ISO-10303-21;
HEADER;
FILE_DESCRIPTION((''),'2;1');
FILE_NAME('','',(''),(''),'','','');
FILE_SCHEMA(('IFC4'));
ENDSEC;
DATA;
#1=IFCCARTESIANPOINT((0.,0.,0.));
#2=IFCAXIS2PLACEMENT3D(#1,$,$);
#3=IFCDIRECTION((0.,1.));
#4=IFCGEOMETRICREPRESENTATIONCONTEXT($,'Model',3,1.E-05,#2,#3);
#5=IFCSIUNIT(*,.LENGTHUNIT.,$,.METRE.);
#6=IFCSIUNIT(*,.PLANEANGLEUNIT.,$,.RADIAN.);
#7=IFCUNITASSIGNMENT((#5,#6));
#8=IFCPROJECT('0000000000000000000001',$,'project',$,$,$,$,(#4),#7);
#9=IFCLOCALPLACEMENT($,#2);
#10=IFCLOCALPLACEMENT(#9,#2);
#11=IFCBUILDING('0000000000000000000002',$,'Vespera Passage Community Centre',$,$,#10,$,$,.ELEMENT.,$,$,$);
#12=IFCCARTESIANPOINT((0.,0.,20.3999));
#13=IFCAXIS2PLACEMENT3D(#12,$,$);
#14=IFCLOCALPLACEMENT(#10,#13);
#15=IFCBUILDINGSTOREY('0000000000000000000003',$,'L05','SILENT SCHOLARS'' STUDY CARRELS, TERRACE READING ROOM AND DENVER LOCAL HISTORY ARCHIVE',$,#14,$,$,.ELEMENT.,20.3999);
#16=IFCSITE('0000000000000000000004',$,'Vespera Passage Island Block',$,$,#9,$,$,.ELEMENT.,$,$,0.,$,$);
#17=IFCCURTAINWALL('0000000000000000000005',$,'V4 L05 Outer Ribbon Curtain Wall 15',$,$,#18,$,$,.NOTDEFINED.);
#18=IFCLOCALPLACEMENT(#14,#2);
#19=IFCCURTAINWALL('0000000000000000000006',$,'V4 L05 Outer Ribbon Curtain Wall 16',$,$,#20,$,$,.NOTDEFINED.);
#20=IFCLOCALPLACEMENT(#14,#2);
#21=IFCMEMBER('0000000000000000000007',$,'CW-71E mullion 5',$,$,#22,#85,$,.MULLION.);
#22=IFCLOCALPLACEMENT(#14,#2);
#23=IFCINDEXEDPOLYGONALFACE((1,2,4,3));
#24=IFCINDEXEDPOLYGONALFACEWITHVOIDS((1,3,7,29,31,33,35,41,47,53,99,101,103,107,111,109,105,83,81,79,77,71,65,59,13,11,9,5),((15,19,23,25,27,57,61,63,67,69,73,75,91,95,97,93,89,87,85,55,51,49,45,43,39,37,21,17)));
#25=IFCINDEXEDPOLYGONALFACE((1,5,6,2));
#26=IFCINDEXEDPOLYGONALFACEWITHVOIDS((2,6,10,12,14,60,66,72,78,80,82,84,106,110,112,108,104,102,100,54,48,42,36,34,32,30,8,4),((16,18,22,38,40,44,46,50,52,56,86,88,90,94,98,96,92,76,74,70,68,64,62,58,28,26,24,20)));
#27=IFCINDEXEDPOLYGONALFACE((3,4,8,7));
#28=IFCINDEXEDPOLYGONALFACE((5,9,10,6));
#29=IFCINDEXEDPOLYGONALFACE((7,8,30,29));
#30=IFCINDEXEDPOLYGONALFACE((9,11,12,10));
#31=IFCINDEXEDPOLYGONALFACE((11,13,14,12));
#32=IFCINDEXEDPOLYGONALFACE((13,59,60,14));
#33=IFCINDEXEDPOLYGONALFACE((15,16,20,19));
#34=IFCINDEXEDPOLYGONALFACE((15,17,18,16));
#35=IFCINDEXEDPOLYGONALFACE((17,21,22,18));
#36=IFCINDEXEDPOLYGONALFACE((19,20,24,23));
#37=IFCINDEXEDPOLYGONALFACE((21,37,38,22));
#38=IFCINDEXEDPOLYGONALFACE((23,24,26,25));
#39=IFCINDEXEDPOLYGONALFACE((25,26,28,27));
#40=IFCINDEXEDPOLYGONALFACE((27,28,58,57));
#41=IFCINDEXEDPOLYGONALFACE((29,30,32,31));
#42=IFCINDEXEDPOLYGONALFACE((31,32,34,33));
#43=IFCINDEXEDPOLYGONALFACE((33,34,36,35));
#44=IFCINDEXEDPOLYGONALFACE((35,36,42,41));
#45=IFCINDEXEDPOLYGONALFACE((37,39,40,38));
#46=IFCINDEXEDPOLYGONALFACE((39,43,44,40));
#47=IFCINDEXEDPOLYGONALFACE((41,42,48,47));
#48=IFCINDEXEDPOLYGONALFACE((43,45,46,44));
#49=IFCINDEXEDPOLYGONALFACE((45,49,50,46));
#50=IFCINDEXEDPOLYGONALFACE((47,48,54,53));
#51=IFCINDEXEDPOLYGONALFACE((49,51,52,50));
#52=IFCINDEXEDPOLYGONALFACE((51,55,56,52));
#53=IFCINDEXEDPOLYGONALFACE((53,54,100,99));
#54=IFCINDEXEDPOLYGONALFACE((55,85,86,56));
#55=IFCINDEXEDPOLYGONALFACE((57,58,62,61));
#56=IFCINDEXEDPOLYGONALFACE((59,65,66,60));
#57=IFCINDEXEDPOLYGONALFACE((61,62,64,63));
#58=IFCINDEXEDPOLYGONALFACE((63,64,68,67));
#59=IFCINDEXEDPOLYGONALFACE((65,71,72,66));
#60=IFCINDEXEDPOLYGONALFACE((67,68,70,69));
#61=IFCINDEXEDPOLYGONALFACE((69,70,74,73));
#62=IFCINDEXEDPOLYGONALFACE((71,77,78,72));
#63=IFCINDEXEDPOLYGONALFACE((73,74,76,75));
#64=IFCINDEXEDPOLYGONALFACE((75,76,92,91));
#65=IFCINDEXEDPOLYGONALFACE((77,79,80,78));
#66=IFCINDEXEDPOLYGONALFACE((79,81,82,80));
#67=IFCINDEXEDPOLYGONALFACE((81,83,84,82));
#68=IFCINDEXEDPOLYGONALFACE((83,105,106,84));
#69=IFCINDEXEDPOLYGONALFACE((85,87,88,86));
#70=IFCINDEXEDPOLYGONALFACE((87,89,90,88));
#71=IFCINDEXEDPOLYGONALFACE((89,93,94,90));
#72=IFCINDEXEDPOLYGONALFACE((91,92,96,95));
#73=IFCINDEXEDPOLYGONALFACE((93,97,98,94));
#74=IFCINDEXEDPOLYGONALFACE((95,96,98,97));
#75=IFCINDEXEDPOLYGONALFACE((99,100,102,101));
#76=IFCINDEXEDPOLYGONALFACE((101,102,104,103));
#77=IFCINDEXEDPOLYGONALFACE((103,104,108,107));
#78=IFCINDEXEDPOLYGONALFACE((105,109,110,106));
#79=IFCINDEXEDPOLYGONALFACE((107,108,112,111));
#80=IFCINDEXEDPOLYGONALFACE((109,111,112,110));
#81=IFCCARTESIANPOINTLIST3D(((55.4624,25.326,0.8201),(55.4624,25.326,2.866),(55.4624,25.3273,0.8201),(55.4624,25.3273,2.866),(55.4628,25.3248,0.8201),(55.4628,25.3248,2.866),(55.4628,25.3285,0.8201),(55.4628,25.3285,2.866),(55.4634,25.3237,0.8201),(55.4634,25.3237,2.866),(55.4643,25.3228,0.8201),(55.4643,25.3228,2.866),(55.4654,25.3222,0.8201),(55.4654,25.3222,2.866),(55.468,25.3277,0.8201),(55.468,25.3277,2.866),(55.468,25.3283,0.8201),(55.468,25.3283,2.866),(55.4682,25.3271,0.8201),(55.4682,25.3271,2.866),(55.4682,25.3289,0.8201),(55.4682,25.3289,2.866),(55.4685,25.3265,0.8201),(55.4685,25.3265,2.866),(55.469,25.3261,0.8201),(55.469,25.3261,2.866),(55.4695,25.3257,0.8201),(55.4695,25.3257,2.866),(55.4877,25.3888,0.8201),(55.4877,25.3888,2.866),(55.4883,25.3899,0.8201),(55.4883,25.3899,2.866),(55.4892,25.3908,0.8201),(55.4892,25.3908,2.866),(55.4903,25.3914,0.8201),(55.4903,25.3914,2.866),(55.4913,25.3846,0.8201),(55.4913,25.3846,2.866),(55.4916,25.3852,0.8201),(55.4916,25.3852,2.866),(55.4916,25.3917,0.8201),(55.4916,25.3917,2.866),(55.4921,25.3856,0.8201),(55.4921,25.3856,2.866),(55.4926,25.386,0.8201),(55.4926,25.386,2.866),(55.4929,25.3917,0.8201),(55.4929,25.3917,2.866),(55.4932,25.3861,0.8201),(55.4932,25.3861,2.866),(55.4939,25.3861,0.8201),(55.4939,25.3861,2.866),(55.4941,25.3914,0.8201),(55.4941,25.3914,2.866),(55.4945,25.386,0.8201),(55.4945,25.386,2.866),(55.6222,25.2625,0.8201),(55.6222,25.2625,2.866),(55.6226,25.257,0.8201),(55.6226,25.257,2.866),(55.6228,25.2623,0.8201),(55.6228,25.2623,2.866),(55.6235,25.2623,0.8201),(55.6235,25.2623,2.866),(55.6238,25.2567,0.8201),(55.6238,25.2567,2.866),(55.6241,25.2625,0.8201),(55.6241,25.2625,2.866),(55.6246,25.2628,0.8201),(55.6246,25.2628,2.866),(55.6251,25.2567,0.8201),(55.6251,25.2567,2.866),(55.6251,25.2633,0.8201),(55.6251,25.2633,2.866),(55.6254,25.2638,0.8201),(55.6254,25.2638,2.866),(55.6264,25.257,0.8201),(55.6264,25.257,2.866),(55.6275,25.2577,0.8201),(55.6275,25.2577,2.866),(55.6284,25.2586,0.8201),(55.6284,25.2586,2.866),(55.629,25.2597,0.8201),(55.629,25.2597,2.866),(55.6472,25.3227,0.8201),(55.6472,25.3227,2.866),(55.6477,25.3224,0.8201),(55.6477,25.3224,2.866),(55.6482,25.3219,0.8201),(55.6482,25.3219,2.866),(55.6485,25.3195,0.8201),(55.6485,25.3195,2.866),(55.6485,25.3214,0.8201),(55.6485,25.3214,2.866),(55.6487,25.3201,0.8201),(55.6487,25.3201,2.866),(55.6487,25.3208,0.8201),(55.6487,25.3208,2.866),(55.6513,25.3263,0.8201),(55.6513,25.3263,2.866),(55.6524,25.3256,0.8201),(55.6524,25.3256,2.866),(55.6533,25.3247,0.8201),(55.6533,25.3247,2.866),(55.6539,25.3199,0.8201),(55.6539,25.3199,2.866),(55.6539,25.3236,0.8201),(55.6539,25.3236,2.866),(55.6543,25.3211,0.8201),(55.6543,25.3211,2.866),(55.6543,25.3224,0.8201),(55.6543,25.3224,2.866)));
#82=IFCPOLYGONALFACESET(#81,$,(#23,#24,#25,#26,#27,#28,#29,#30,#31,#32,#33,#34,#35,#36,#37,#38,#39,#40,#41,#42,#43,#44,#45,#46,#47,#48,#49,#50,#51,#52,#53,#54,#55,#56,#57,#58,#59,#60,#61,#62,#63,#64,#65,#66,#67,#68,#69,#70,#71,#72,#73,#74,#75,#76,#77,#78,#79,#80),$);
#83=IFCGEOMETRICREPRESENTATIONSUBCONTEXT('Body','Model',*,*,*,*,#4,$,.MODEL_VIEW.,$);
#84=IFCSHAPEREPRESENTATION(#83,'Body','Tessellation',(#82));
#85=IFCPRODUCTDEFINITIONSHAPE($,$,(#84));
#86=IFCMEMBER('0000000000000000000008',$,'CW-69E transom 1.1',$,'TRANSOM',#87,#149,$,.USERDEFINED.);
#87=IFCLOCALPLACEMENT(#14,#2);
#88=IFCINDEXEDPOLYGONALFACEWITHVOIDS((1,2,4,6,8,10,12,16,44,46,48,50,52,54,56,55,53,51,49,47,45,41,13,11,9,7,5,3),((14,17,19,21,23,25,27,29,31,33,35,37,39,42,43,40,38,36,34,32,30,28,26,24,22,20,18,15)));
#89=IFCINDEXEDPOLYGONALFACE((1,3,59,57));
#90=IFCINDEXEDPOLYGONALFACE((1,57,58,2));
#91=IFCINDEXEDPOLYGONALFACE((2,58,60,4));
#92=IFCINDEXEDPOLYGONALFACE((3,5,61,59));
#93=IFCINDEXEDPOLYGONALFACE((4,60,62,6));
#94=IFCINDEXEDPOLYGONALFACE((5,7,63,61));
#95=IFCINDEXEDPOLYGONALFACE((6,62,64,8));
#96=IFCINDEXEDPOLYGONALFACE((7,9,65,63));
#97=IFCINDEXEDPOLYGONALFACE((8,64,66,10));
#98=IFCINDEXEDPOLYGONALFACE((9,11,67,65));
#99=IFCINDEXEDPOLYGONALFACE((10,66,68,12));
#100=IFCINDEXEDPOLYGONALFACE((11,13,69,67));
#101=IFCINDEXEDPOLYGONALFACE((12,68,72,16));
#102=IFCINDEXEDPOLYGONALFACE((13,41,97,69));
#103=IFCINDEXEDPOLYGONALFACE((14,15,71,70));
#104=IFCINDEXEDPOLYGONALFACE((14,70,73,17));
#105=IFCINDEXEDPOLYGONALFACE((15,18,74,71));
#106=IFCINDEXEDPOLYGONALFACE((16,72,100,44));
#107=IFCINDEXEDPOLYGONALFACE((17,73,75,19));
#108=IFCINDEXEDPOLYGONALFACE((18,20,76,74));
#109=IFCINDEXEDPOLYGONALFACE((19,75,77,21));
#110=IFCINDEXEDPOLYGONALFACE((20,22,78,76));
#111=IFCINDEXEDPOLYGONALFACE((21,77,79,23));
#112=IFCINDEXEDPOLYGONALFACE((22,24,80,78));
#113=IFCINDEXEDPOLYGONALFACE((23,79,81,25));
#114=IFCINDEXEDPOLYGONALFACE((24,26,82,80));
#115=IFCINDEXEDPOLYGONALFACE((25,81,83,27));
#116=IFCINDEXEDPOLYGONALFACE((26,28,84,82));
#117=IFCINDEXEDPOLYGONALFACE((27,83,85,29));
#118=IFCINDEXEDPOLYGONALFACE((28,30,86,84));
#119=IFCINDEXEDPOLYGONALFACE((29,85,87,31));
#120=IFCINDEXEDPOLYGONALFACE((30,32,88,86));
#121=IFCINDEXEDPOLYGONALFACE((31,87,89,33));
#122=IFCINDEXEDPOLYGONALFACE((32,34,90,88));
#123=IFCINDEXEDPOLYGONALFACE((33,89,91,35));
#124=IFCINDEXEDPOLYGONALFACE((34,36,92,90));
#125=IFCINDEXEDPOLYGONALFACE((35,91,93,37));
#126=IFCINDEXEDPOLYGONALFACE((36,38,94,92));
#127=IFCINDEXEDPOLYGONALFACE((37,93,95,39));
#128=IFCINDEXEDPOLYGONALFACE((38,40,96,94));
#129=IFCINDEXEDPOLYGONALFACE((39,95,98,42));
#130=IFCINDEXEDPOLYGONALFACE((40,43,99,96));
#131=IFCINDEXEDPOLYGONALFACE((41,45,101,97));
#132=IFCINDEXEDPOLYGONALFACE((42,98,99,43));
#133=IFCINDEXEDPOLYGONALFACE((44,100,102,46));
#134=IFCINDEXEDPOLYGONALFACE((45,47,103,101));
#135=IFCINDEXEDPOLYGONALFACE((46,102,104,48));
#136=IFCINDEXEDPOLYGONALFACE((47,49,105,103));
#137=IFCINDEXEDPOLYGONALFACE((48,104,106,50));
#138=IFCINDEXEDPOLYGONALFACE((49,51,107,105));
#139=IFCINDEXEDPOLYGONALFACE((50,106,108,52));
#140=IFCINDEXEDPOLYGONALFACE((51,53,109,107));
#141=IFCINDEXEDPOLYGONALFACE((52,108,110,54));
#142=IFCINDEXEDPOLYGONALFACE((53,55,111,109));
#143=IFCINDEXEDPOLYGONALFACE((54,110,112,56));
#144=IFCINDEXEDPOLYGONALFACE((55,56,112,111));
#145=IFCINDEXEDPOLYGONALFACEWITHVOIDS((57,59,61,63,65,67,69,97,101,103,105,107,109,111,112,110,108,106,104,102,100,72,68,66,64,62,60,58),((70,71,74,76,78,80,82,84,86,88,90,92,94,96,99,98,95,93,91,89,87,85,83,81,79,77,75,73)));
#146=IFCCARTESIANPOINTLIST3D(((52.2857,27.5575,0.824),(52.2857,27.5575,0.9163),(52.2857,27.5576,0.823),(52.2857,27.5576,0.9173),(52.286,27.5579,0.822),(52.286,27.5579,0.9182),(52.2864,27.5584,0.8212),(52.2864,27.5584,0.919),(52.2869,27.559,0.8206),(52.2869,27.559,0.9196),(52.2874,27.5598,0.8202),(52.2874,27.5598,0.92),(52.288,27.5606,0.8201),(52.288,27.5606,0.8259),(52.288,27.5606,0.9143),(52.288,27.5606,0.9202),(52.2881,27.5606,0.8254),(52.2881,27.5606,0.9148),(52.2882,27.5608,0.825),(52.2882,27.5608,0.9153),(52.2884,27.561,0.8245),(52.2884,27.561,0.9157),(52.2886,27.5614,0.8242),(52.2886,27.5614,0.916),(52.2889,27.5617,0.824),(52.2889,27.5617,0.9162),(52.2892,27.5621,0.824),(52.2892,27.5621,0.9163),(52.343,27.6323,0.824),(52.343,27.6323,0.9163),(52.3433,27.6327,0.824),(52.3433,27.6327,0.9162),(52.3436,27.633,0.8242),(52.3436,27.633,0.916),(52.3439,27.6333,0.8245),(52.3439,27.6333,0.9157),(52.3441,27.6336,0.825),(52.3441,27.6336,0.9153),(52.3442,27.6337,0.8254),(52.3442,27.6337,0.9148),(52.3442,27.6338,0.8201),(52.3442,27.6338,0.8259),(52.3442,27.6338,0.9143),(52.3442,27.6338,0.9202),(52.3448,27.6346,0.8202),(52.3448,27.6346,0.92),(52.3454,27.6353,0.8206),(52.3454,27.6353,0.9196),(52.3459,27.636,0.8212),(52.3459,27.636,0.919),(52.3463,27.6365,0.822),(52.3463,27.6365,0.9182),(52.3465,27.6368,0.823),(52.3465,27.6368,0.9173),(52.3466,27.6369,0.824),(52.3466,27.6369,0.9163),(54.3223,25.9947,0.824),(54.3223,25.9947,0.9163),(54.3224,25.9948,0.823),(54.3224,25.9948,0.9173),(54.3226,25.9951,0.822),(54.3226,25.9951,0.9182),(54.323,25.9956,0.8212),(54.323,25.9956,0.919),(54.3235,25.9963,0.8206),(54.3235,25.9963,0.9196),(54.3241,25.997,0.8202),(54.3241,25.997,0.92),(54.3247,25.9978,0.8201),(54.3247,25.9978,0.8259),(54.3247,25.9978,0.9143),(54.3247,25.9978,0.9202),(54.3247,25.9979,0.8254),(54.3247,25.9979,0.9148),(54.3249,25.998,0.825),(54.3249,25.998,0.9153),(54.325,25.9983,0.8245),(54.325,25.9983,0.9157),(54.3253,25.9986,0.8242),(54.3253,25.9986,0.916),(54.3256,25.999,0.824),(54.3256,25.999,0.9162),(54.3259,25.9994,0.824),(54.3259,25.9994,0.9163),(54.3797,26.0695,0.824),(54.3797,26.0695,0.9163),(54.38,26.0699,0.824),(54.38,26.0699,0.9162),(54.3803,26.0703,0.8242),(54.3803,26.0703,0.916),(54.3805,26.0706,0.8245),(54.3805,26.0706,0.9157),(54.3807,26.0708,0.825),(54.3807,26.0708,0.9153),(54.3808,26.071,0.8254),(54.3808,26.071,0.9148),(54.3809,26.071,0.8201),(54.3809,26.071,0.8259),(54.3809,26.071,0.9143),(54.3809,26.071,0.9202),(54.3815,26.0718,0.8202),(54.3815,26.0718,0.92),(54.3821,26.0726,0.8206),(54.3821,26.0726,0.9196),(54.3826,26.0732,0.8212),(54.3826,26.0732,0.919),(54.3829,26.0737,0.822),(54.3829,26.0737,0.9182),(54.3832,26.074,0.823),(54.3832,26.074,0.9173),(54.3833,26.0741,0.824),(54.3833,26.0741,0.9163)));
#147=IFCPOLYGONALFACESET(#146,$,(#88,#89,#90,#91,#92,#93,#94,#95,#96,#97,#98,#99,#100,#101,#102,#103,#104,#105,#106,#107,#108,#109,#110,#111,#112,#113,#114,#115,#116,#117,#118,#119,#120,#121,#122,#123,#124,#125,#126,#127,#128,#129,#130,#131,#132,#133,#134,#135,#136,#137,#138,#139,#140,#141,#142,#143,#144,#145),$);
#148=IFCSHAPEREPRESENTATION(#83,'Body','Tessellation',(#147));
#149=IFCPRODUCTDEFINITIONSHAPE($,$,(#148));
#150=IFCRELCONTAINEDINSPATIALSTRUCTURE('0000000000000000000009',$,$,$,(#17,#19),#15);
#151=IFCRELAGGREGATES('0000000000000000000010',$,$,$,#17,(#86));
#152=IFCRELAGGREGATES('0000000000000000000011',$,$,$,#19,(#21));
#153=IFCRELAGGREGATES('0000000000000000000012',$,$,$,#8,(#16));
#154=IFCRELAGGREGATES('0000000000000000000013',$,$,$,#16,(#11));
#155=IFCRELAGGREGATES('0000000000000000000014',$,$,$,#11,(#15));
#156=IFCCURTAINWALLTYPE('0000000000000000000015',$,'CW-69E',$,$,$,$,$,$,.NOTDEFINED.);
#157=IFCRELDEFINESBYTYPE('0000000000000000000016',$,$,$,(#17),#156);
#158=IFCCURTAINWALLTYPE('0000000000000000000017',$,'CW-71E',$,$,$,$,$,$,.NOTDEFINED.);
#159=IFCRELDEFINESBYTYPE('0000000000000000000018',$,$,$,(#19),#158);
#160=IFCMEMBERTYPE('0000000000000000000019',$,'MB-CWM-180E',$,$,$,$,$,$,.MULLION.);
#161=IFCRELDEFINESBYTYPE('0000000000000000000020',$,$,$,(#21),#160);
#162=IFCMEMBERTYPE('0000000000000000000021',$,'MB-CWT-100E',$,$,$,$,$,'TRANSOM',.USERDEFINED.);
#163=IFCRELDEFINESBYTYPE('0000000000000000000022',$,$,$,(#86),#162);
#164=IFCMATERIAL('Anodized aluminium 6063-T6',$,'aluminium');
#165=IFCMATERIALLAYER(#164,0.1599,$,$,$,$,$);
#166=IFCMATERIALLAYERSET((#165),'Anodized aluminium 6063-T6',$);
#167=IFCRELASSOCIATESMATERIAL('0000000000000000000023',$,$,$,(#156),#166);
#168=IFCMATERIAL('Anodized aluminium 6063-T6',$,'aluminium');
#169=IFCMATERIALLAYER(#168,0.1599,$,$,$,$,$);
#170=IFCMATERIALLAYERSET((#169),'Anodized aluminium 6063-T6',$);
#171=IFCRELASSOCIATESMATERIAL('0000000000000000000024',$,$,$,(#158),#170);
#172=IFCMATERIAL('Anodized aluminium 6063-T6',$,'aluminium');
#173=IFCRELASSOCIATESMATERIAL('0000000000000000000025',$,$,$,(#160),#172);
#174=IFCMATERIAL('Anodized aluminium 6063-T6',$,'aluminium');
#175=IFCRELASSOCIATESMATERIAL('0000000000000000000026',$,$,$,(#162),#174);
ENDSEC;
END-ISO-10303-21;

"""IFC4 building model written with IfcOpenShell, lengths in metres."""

from ifc_helpers import new_model, si_unit, direction, frame, origin, origin_2d, place, context, subcontext, project, spatial, hollow_rectangle, extrude, material, layer, layer_set, material_profile, profile_set, type_object, element, aggregate, save


model = new_model("IFC4")

# Units and contexts
model_context = context("Model", 3, precision=1e-05, world=origin(), true_north=direction((0.0, 1.0)))
body_context = subcontext(model_context, "Body", "Model", "MODEL_VIEW")
ifc_project = project(units=[si_unit("LENGTHUNIT", "METRE"), si_unit("PLANEANGLEUNIT", "RADIAN")], contexts=[model_context])

# Site, building, storey
site_placement = place(None, origin())
site = spatial("IfcSite", under=ifc_project, at=site_placement, Name="Vespera Passage Island Block", CompositionType="ELEMENT", RefElevation=0.0)
building_placement = place(site_placement, origin())
building = spatial("IfcBuilding", under=site, at=building_placement, Name="Vespera Passage Community Centre", CompositionType="ELEMENT")
storey_placement = place(building_placement, frame((0.0, 0.0, 20.3999)))
storey = spatial("IfcBuildingStorey", under=building, at=storey_placement, Name="L05", Description="SILENT SCHOLARS' STUDY CARRELS, TERRACE READING ROOM AND DENVER LOCAL HISTORY ARCHIVE", CompositionType="ELEMENT", Elevation=20.3999)

# Curtain wall
ifc_material_1 = material(Name="Anodized aluminium 6063-T6", Category="aluminium")
ifc_layer_1 = layer(ifc_material_1, 0.1599)
ifc_layer_set_1 = layer_set([ifc_layer_1], Name="Anodized aluminium 6063-T6")
curtain_wall_type_1 = type_object("IfcCurtainWallType", Name="CW-69E", PredefinedType="NOTDEFINED", material=ifc_layer_set_1)
curtain_wall_1_placement = place(storey_placement, origin())
curtain_wall_1 = element("IfcCurtainWall", 1, at=curtain_wall_1_placement, inside=storey, type_object=curtain_wall_type_1, Name="V4 L05 Outer Ribbon Curtain Wall 15", PredefinedType="NOTDEFINED")

# Curtain wall, member
ifc_material_2 = material(Name="Anodized aluminium 6063-T6", Category="aluminium")
ifc_layer_2 = layer(ifc_material_2, 0.1599)
ifc_layer_set_2 = layer_set([ifc_layer_2], Name="Anodized aluminium 6063-T6")
curtain_wall_type_2 = type_object("IfcCurtainWallType", Name="CW-71E", PredefinedType="NOTDEFINED", material=ifc_layer_set_2)
curtain_wall_2_placement = place(storey_placement, origin())
curtain_wall_2 = element("IfcCurtainWall", 2, at=curtain_wall_2_placement, inside=storey, type_object=curtain_wall_type_2, Name="V4 L05 Outer Ribbon Curtain Wall 16", PredefinedType="NOTDEFINED")
ifc_material_3 = material(Name="Anodized aluminium 6063-T6", Category="aluminium")
ifc_material_profile_1 = material_profile(ifc_material_3, hollow_rectangle(XDim=0.075, YDim=0.1799, WallThickness=0.0049, InnerFilletRadius=0.0024, OuterFilletRadius=0.0049, at=origin_2d()), Name="ALU180X75X5")
ifc_profile_set_1 = profile_set([ifc_material_profile_1], Name="Anodized aluminium 6063-T6")
member_type_1 = type_object("IfcMemberType", Name="MB-CWM-180E", PredefinedType="MULLION", material=ifc_profile_set_1)
member_1_placement = place(storey_placement, frame((55.5583, 25.3242, 0.8201), z_axis=(0.0, 0.0, 1.0), x_axis=(-0.382683, -0.92388, 0.0)))
member_1 = element("IfcMember", 3, at=member_1_placement, type_object=member_type_1, Name="CW-71E mullion 5", PredefinedType="MULLION", context=body_context, shape_type="SweptSolid", body=[
    extrude(hollow_rectangle(XDim=0.075, YDim=0.1799, WallThickness=0.0049, InnerFilletRadius=0.0024, OuterFilletRadius=0.0049, at=origin_2d()), origin(), (0.0, 0.0, 1.0), 2.0459),
])

# Member
ifc_material_4 = material(Name="Anodized aluminium 6063-T6", Category="aluminium")
ifc_material_profile_2 = material_profile(ifc_material_4, hollow_rectangle(XDim=0.1001, YDim=0.1001, WallThickness=0.0039, InnerFilletRadius=0.002, OuterFilletRadius=0.0039, at=origin_2d()), Name="ALU100X100X4")
ifc_profile_set_2 = profile_set([ifc_material_profile_2], Name="Anodized aluminium 6063-T6")
member_type_2 = type_object("IfcMemberType", Name="MB-CWT-100E", ElementType="TRANSOM", PredefinedType="USERDEFINED", material=ifc_profile_set_2)
member_2_placement = place(storey_placement, frame((54.3528, 26.0344, 0.8701), z_axis=(-0.793355, 0.608759, 0.0), x_axis=(-0.608759, -0.793355, 0.0)))
member_2 = element("IfcMember", 4, at=member_2_placement, type_object=member_type_2, Name="CW-69E transom 1.1", ObjectType="TRANSOM", PredefinedType="USERDEFINED", context=body_context, shape_type="SweptSolid", body=[
    extrude(hollow_rectangle(XDim=0.1001, YDim=0.1001, WallThickness=0.0039, InnerFilletRadius=0.002, OuterFilletRadius=0.0039, at=origin_2d()), origin(), (0.0, 0.0, 1.0), 2.5671),
])

aggregate(curtain_wall_1, [member_2])
aggregate(curtain_wall_2, [member_1])

save(model, "model.ifc")
